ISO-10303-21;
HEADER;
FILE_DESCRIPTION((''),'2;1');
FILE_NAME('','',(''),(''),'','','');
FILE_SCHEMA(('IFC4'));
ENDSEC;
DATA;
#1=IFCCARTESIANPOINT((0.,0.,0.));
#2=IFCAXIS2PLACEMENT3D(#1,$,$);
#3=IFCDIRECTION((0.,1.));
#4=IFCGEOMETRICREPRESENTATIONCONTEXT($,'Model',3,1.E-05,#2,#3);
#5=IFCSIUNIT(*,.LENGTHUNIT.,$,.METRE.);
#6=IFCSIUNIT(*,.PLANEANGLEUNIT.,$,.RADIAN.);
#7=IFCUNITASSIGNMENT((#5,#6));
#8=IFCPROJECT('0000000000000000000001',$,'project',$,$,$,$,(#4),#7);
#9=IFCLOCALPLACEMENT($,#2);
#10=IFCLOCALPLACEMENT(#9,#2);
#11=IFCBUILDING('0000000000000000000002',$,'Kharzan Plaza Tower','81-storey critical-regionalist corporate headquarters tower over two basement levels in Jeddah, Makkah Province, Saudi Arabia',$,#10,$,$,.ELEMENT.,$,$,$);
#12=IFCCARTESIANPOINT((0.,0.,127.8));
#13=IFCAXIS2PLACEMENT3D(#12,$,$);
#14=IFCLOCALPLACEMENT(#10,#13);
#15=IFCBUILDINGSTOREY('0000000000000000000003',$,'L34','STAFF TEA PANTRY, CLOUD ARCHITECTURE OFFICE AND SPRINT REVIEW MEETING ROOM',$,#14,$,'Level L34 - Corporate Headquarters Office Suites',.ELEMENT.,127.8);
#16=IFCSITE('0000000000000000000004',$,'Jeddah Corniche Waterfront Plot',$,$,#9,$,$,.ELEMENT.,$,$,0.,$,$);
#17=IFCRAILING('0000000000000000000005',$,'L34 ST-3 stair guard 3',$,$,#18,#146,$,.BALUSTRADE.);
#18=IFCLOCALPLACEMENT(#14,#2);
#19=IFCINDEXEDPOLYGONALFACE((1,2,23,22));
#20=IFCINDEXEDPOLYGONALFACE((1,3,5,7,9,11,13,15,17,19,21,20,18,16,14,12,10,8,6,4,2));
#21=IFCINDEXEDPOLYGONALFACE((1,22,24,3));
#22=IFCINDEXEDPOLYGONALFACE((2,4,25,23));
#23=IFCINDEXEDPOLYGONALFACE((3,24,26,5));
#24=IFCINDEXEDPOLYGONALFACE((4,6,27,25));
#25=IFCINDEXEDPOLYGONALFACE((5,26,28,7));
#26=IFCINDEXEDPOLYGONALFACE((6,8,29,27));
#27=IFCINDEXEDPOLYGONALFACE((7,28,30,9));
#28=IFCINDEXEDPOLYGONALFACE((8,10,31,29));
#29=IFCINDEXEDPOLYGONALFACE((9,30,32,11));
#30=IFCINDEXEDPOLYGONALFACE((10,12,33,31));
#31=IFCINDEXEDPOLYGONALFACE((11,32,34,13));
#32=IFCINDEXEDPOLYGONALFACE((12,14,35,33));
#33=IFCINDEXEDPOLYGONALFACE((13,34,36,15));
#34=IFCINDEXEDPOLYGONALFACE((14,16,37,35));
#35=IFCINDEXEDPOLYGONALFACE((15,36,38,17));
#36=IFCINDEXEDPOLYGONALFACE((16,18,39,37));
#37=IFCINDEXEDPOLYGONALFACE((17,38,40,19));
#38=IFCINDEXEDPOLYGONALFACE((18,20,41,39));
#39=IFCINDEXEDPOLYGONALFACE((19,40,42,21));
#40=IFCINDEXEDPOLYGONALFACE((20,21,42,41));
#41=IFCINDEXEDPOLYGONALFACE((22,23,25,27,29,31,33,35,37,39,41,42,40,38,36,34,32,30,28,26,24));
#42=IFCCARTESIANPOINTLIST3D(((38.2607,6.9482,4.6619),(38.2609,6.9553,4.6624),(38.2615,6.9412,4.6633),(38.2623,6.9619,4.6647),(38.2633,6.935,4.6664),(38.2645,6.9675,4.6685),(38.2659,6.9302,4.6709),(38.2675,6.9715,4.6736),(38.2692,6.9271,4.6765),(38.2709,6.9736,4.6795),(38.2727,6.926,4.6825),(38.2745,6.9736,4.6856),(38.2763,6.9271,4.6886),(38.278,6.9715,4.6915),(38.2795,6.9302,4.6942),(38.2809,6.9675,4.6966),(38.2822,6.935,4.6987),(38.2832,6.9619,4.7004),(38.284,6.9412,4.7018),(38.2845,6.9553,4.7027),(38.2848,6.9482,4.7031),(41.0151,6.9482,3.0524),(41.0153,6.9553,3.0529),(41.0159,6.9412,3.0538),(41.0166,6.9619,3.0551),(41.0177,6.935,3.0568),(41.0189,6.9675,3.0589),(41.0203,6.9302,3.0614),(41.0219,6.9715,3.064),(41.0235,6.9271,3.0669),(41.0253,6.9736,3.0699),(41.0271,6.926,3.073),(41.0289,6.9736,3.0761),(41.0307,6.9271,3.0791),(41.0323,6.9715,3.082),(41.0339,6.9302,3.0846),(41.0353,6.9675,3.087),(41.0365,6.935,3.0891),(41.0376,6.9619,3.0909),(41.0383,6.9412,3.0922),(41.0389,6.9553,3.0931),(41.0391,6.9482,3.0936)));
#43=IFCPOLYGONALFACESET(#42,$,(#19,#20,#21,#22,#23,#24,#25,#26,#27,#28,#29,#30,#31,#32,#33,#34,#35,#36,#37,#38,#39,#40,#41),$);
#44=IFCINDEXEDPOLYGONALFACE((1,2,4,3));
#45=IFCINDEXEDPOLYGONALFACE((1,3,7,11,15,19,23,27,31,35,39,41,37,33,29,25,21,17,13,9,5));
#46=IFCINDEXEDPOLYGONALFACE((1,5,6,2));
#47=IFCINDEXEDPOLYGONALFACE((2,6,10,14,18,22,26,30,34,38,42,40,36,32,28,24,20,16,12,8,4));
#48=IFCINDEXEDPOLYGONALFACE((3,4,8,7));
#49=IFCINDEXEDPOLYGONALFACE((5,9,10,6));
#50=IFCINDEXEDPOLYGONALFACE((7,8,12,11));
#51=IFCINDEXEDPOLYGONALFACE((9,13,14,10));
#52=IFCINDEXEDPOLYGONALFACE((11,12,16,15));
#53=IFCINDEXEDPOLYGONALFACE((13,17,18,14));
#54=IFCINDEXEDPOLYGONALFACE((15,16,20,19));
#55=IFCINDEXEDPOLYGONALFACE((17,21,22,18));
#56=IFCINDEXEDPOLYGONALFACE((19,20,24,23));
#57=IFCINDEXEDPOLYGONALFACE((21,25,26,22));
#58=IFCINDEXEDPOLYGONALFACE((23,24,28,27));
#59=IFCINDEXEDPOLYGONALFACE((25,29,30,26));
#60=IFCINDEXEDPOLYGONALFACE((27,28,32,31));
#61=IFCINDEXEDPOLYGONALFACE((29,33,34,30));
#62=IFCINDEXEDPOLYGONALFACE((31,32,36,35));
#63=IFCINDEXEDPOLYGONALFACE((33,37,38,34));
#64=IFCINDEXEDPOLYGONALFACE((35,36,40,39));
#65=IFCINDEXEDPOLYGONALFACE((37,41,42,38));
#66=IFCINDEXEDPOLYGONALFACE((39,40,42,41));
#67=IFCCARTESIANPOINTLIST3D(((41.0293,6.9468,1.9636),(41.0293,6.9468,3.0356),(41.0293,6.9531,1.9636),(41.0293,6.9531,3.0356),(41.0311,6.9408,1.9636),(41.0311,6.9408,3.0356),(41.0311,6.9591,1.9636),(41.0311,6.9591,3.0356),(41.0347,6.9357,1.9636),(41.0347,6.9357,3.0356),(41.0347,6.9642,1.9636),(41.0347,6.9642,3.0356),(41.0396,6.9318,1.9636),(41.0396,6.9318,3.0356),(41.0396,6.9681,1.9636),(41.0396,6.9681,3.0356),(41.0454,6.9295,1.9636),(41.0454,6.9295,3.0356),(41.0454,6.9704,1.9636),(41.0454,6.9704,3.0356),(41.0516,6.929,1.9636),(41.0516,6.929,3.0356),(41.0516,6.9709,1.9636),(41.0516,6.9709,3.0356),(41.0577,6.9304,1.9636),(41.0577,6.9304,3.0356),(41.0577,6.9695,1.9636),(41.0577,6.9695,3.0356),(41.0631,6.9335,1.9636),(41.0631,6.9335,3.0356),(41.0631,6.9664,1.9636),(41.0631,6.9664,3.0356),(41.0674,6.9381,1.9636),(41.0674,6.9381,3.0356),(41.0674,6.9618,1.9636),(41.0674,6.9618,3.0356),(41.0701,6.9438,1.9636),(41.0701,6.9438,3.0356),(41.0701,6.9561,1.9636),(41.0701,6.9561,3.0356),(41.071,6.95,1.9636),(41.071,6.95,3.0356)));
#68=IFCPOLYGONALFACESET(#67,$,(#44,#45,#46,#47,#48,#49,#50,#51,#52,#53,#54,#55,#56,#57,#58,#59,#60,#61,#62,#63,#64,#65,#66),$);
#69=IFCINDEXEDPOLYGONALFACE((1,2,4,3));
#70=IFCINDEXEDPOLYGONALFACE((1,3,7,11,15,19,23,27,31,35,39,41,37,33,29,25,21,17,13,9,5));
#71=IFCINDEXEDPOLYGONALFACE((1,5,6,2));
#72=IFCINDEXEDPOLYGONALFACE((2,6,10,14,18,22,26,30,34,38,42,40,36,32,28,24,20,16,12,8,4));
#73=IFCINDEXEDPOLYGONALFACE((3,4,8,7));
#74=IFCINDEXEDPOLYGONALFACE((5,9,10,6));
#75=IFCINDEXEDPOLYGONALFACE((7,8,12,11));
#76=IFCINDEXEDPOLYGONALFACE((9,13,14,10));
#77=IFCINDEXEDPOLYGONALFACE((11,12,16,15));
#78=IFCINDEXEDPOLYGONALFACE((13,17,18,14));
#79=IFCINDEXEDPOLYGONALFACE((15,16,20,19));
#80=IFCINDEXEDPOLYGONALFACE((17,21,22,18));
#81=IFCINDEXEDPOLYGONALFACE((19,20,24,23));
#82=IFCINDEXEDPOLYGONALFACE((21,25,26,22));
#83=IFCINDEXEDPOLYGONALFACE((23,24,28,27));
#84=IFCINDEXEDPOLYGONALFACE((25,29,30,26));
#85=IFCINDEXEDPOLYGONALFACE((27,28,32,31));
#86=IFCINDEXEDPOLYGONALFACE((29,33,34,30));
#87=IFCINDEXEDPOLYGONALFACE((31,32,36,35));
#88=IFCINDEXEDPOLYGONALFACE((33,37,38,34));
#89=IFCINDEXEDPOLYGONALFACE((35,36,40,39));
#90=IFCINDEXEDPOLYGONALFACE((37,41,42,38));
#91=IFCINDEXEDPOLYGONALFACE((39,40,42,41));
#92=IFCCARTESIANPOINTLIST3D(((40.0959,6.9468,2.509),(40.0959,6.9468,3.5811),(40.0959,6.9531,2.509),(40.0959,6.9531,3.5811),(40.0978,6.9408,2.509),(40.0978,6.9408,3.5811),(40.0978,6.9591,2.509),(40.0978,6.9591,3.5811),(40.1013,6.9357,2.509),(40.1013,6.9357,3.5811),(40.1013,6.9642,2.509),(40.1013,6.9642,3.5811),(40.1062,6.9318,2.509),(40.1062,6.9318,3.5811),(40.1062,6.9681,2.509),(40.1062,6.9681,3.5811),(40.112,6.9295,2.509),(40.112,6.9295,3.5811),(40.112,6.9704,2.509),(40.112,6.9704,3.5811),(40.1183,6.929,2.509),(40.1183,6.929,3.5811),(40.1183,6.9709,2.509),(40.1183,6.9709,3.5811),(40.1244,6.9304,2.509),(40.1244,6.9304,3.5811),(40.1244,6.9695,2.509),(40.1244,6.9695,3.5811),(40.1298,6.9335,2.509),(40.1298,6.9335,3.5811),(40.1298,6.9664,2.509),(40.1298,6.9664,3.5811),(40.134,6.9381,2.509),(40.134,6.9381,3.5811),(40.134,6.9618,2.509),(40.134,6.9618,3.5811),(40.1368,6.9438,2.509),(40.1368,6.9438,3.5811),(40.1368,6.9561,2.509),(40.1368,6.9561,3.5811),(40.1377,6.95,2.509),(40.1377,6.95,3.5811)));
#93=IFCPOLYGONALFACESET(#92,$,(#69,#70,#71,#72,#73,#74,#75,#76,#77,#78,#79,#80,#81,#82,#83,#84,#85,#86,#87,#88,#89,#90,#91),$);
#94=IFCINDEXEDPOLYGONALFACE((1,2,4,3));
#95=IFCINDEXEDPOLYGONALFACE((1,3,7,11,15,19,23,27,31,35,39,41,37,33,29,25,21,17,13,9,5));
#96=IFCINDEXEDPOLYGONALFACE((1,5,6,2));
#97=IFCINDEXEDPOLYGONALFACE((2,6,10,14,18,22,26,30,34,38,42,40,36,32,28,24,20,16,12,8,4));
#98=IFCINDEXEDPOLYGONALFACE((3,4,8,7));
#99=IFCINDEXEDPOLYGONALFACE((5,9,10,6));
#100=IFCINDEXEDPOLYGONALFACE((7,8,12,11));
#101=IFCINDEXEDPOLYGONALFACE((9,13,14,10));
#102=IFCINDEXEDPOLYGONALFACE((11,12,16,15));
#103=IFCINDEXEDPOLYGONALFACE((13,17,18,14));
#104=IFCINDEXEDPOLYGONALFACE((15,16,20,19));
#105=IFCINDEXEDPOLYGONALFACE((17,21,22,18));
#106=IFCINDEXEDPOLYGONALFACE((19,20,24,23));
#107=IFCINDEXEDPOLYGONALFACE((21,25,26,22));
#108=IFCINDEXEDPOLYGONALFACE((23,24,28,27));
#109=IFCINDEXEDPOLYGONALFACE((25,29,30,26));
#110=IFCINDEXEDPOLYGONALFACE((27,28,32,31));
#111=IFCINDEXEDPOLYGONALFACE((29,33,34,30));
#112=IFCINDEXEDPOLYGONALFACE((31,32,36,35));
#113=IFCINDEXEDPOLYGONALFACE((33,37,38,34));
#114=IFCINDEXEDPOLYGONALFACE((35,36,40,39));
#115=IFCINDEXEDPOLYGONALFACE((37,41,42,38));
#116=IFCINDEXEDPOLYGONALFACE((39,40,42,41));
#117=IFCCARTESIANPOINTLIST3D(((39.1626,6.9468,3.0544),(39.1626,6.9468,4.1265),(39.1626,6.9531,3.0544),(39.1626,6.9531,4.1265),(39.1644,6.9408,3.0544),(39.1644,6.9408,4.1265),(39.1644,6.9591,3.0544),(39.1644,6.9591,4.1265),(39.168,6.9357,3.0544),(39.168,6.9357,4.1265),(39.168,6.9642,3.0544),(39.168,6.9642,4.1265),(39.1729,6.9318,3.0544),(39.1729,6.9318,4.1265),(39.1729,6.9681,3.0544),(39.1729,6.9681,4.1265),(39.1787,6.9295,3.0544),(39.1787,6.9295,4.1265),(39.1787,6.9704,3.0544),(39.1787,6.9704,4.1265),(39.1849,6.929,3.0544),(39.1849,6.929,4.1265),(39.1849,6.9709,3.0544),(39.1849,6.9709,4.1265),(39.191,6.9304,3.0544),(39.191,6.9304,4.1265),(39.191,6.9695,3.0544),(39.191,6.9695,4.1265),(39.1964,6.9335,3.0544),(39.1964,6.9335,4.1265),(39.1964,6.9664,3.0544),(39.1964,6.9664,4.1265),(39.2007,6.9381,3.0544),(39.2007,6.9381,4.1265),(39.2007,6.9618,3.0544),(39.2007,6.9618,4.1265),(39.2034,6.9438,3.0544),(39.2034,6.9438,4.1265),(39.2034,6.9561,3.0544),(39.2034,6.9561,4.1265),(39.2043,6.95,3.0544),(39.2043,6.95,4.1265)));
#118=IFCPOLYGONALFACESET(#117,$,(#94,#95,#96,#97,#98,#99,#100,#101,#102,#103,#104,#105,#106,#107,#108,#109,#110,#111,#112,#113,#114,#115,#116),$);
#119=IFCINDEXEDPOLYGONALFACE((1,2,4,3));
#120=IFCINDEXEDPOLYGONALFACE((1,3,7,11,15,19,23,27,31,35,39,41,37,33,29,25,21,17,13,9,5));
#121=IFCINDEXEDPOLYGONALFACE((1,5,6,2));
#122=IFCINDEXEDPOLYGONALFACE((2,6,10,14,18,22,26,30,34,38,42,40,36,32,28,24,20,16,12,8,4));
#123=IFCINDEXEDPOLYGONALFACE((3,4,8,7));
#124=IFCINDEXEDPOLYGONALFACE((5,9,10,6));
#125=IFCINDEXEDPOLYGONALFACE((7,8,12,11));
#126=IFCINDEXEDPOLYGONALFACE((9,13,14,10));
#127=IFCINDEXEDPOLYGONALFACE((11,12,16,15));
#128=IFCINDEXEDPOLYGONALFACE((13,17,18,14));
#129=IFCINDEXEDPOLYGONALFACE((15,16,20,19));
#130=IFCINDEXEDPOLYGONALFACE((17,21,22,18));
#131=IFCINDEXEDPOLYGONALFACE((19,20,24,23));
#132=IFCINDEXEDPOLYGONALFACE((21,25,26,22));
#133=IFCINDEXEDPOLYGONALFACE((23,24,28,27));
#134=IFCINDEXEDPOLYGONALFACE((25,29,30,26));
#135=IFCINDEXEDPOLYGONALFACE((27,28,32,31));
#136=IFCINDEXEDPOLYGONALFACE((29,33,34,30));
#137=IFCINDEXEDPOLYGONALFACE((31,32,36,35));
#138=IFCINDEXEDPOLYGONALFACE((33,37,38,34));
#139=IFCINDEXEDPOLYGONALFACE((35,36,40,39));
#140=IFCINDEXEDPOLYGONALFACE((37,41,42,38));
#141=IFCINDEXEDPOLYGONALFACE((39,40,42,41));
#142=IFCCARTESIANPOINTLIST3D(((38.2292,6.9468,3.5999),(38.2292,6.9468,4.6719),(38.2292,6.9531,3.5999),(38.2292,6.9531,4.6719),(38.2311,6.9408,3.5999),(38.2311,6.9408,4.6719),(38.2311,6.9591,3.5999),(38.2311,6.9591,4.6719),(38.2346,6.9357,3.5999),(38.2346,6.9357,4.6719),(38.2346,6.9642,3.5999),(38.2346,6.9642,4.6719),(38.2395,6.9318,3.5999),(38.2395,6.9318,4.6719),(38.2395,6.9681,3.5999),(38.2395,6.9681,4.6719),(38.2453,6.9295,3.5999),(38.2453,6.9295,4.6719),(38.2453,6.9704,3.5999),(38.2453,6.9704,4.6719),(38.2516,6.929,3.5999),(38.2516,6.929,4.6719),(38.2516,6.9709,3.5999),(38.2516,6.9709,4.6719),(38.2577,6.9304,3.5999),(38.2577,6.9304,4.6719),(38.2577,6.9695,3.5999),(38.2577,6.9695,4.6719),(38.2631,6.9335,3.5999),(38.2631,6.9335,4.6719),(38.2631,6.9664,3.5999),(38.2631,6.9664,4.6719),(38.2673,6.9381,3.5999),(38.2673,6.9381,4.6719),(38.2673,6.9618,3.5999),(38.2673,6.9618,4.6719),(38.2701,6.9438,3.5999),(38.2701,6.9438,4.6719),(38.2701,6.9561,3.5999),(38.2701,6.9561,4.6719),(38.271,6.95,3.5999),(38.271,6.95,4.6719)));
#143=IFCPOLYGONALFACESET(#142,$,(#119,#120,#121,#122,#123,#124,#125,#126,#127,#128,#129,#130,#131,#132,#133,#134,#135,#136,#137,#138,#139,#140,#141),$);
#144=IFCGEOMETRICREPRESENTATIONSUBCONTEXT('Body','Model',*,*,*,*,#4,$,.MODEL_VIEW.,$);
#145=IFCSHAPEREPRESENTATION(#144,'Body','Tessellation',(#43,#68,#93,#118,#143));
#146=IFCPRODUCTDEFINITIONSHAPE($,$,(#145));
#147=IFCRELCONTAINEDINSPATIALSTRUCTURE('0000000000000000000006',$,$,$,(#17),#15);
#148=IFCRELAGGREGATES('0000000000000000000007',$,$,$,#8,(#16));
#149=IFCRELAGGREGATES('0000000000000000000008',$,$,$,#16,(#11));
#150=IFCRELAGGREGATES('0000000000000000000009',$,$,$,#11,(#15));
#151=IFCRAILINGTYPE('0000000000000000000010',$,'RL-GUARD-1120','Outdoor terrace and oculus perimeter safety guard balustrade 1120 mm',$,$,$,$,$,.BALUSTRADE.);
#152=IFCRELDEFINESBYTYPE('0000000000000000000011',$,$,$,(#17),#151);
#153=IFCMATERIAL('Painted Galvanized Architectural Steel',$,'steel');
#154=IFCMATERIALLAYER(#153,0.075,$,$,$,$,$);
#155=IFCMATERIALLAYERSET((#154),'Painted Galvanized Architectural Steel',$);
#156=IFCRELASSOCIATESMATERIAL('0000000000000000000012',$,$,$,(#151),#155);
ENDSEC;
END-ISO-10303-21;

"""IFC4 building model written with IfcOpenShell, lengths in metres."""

from ifc_helpers import new_model, si_unit, direction, frame, origin, origin_2d, place, context, subcontext, project, spatial, circle, extrude, source, transform, mapped, material, layer, layer_set, type_object, element, save


model = new_model("IFC4")

# Units and contexts
model_context = context("Model", 3, precision=1e-05, world=origin(), true_north=direction((0.0, 1.0)))
body_context = subcontext(model_context, "Body", "Model", "MODEL_VIEW")
ifc_project = project(units=[si_unit("LENGTHUNIT", "METRE"), si_unit("PLANEANGLEUNIT", "RADIAN")], contexts=[model_context])

# Site, building, storey
site_placement = place(None, origin())
site = spatial("IfcSite", under=ifc_project, at=site_placement, Name="Jeddah Corniche Waterfront Plot", CompositionType="ELEMENT", RefElevation=0.0)
building_placement = place(site_placement, origin())
building = spatial("IfcBuilding", under=site, at=building_placement, Name="Kharzan Plaza Tower", Description="81-storey critical-regionalist corporate headquarters tower over two basement levels in Jeddah, Makkah Province, Saudi Arabia", CompositionType="ELEMENT")
storey_placement = place(building_placement, frame((0.0, 0.0, 127.8)))
storey = spatial("IfcBuildingStorey", under=building, at=storey_placement, Name="L34", Description="STAFF TEA PANTRY, CLOUD ARCHITECTURE OFFICE AND SPRINT REVIEW MEETING ROOM", LongName="Level L34 - Corporate Headquarters Office Suites", CompositionType="ELEMENT", Elevation=127.8)

# Railing
ifc_material_1 = material(Name="Painted Galvanized Architectural Steel", Category="steel")
ifc_layer_1 = layer(ifc_material_1, 0.075)
ifc_layer_set_1 = layer_set([ifc_layer_1], Name="Painted Galvanized Architectural Steel")
railing_type_1 = type_object("IfcRailingType", Name="RL-GUARD-1120", Description="Outdoor terrace and oculus perimeter safety guard balustrade 1120 mm", PredefinedType="BALUSTRADE", material=ifc_layer_set_1)
shared_shape_1 = source(origin(), body_context, "Body", "SweptSolid", [
    extrude(circle(Radius=0.0239, at=origin_2d()), frame((-0.0229, 0.0, 1.1094), z_axis=(-0.863394, 0.0, 0.504531), x_axis=(0.0, -1.0, 0.0)), (0.0, 0.0, 1.0), 3.1902),
    extrude(circle(Radius=0.021, at=origin_2d()), origin(), (0.0, 0.0, 1.0), 1.072),
    extrude(circle(Radius=0.021, at=origin_2d()), frame((-0.9333, 0.0, 0.5454)), (0.0, 0.0, 1.0), 1.072),
    extrude(circle(Radius=0.021, at=origin_2d()), frame((-1.8667, 0.0, 1.0908)), (0.0, 0.0, 1.0), 1.072),
    extrude(circle(Radius=0.021, at=origin_2d()), frame((-2.8, 0.0, 1.6362)), (0.0, 0.0, 1.0), 1.072),
])
railing_1_placement = place(storey_placement, frame((41.05, 6.95, 1.9636)))
element("IfcRailing", 1, at=railing_1_placement, inside=storey, type_object=railing_type_1, Name="L34 ST-3 stair guard 3", PredefinedType="BALUSTRADE", context=body_context, shape_type="MappedRepresentation", body=[
    mapped(shared_shape_1, transform((0.0, 0.0, 0.0), x_axis=(1.0, 0.0, 0.0), y_axis=(0.0, 1.0, 0.0), z_axis=(0.0, 0.0, 1.0))),
])

save(model, "model.ifc")
